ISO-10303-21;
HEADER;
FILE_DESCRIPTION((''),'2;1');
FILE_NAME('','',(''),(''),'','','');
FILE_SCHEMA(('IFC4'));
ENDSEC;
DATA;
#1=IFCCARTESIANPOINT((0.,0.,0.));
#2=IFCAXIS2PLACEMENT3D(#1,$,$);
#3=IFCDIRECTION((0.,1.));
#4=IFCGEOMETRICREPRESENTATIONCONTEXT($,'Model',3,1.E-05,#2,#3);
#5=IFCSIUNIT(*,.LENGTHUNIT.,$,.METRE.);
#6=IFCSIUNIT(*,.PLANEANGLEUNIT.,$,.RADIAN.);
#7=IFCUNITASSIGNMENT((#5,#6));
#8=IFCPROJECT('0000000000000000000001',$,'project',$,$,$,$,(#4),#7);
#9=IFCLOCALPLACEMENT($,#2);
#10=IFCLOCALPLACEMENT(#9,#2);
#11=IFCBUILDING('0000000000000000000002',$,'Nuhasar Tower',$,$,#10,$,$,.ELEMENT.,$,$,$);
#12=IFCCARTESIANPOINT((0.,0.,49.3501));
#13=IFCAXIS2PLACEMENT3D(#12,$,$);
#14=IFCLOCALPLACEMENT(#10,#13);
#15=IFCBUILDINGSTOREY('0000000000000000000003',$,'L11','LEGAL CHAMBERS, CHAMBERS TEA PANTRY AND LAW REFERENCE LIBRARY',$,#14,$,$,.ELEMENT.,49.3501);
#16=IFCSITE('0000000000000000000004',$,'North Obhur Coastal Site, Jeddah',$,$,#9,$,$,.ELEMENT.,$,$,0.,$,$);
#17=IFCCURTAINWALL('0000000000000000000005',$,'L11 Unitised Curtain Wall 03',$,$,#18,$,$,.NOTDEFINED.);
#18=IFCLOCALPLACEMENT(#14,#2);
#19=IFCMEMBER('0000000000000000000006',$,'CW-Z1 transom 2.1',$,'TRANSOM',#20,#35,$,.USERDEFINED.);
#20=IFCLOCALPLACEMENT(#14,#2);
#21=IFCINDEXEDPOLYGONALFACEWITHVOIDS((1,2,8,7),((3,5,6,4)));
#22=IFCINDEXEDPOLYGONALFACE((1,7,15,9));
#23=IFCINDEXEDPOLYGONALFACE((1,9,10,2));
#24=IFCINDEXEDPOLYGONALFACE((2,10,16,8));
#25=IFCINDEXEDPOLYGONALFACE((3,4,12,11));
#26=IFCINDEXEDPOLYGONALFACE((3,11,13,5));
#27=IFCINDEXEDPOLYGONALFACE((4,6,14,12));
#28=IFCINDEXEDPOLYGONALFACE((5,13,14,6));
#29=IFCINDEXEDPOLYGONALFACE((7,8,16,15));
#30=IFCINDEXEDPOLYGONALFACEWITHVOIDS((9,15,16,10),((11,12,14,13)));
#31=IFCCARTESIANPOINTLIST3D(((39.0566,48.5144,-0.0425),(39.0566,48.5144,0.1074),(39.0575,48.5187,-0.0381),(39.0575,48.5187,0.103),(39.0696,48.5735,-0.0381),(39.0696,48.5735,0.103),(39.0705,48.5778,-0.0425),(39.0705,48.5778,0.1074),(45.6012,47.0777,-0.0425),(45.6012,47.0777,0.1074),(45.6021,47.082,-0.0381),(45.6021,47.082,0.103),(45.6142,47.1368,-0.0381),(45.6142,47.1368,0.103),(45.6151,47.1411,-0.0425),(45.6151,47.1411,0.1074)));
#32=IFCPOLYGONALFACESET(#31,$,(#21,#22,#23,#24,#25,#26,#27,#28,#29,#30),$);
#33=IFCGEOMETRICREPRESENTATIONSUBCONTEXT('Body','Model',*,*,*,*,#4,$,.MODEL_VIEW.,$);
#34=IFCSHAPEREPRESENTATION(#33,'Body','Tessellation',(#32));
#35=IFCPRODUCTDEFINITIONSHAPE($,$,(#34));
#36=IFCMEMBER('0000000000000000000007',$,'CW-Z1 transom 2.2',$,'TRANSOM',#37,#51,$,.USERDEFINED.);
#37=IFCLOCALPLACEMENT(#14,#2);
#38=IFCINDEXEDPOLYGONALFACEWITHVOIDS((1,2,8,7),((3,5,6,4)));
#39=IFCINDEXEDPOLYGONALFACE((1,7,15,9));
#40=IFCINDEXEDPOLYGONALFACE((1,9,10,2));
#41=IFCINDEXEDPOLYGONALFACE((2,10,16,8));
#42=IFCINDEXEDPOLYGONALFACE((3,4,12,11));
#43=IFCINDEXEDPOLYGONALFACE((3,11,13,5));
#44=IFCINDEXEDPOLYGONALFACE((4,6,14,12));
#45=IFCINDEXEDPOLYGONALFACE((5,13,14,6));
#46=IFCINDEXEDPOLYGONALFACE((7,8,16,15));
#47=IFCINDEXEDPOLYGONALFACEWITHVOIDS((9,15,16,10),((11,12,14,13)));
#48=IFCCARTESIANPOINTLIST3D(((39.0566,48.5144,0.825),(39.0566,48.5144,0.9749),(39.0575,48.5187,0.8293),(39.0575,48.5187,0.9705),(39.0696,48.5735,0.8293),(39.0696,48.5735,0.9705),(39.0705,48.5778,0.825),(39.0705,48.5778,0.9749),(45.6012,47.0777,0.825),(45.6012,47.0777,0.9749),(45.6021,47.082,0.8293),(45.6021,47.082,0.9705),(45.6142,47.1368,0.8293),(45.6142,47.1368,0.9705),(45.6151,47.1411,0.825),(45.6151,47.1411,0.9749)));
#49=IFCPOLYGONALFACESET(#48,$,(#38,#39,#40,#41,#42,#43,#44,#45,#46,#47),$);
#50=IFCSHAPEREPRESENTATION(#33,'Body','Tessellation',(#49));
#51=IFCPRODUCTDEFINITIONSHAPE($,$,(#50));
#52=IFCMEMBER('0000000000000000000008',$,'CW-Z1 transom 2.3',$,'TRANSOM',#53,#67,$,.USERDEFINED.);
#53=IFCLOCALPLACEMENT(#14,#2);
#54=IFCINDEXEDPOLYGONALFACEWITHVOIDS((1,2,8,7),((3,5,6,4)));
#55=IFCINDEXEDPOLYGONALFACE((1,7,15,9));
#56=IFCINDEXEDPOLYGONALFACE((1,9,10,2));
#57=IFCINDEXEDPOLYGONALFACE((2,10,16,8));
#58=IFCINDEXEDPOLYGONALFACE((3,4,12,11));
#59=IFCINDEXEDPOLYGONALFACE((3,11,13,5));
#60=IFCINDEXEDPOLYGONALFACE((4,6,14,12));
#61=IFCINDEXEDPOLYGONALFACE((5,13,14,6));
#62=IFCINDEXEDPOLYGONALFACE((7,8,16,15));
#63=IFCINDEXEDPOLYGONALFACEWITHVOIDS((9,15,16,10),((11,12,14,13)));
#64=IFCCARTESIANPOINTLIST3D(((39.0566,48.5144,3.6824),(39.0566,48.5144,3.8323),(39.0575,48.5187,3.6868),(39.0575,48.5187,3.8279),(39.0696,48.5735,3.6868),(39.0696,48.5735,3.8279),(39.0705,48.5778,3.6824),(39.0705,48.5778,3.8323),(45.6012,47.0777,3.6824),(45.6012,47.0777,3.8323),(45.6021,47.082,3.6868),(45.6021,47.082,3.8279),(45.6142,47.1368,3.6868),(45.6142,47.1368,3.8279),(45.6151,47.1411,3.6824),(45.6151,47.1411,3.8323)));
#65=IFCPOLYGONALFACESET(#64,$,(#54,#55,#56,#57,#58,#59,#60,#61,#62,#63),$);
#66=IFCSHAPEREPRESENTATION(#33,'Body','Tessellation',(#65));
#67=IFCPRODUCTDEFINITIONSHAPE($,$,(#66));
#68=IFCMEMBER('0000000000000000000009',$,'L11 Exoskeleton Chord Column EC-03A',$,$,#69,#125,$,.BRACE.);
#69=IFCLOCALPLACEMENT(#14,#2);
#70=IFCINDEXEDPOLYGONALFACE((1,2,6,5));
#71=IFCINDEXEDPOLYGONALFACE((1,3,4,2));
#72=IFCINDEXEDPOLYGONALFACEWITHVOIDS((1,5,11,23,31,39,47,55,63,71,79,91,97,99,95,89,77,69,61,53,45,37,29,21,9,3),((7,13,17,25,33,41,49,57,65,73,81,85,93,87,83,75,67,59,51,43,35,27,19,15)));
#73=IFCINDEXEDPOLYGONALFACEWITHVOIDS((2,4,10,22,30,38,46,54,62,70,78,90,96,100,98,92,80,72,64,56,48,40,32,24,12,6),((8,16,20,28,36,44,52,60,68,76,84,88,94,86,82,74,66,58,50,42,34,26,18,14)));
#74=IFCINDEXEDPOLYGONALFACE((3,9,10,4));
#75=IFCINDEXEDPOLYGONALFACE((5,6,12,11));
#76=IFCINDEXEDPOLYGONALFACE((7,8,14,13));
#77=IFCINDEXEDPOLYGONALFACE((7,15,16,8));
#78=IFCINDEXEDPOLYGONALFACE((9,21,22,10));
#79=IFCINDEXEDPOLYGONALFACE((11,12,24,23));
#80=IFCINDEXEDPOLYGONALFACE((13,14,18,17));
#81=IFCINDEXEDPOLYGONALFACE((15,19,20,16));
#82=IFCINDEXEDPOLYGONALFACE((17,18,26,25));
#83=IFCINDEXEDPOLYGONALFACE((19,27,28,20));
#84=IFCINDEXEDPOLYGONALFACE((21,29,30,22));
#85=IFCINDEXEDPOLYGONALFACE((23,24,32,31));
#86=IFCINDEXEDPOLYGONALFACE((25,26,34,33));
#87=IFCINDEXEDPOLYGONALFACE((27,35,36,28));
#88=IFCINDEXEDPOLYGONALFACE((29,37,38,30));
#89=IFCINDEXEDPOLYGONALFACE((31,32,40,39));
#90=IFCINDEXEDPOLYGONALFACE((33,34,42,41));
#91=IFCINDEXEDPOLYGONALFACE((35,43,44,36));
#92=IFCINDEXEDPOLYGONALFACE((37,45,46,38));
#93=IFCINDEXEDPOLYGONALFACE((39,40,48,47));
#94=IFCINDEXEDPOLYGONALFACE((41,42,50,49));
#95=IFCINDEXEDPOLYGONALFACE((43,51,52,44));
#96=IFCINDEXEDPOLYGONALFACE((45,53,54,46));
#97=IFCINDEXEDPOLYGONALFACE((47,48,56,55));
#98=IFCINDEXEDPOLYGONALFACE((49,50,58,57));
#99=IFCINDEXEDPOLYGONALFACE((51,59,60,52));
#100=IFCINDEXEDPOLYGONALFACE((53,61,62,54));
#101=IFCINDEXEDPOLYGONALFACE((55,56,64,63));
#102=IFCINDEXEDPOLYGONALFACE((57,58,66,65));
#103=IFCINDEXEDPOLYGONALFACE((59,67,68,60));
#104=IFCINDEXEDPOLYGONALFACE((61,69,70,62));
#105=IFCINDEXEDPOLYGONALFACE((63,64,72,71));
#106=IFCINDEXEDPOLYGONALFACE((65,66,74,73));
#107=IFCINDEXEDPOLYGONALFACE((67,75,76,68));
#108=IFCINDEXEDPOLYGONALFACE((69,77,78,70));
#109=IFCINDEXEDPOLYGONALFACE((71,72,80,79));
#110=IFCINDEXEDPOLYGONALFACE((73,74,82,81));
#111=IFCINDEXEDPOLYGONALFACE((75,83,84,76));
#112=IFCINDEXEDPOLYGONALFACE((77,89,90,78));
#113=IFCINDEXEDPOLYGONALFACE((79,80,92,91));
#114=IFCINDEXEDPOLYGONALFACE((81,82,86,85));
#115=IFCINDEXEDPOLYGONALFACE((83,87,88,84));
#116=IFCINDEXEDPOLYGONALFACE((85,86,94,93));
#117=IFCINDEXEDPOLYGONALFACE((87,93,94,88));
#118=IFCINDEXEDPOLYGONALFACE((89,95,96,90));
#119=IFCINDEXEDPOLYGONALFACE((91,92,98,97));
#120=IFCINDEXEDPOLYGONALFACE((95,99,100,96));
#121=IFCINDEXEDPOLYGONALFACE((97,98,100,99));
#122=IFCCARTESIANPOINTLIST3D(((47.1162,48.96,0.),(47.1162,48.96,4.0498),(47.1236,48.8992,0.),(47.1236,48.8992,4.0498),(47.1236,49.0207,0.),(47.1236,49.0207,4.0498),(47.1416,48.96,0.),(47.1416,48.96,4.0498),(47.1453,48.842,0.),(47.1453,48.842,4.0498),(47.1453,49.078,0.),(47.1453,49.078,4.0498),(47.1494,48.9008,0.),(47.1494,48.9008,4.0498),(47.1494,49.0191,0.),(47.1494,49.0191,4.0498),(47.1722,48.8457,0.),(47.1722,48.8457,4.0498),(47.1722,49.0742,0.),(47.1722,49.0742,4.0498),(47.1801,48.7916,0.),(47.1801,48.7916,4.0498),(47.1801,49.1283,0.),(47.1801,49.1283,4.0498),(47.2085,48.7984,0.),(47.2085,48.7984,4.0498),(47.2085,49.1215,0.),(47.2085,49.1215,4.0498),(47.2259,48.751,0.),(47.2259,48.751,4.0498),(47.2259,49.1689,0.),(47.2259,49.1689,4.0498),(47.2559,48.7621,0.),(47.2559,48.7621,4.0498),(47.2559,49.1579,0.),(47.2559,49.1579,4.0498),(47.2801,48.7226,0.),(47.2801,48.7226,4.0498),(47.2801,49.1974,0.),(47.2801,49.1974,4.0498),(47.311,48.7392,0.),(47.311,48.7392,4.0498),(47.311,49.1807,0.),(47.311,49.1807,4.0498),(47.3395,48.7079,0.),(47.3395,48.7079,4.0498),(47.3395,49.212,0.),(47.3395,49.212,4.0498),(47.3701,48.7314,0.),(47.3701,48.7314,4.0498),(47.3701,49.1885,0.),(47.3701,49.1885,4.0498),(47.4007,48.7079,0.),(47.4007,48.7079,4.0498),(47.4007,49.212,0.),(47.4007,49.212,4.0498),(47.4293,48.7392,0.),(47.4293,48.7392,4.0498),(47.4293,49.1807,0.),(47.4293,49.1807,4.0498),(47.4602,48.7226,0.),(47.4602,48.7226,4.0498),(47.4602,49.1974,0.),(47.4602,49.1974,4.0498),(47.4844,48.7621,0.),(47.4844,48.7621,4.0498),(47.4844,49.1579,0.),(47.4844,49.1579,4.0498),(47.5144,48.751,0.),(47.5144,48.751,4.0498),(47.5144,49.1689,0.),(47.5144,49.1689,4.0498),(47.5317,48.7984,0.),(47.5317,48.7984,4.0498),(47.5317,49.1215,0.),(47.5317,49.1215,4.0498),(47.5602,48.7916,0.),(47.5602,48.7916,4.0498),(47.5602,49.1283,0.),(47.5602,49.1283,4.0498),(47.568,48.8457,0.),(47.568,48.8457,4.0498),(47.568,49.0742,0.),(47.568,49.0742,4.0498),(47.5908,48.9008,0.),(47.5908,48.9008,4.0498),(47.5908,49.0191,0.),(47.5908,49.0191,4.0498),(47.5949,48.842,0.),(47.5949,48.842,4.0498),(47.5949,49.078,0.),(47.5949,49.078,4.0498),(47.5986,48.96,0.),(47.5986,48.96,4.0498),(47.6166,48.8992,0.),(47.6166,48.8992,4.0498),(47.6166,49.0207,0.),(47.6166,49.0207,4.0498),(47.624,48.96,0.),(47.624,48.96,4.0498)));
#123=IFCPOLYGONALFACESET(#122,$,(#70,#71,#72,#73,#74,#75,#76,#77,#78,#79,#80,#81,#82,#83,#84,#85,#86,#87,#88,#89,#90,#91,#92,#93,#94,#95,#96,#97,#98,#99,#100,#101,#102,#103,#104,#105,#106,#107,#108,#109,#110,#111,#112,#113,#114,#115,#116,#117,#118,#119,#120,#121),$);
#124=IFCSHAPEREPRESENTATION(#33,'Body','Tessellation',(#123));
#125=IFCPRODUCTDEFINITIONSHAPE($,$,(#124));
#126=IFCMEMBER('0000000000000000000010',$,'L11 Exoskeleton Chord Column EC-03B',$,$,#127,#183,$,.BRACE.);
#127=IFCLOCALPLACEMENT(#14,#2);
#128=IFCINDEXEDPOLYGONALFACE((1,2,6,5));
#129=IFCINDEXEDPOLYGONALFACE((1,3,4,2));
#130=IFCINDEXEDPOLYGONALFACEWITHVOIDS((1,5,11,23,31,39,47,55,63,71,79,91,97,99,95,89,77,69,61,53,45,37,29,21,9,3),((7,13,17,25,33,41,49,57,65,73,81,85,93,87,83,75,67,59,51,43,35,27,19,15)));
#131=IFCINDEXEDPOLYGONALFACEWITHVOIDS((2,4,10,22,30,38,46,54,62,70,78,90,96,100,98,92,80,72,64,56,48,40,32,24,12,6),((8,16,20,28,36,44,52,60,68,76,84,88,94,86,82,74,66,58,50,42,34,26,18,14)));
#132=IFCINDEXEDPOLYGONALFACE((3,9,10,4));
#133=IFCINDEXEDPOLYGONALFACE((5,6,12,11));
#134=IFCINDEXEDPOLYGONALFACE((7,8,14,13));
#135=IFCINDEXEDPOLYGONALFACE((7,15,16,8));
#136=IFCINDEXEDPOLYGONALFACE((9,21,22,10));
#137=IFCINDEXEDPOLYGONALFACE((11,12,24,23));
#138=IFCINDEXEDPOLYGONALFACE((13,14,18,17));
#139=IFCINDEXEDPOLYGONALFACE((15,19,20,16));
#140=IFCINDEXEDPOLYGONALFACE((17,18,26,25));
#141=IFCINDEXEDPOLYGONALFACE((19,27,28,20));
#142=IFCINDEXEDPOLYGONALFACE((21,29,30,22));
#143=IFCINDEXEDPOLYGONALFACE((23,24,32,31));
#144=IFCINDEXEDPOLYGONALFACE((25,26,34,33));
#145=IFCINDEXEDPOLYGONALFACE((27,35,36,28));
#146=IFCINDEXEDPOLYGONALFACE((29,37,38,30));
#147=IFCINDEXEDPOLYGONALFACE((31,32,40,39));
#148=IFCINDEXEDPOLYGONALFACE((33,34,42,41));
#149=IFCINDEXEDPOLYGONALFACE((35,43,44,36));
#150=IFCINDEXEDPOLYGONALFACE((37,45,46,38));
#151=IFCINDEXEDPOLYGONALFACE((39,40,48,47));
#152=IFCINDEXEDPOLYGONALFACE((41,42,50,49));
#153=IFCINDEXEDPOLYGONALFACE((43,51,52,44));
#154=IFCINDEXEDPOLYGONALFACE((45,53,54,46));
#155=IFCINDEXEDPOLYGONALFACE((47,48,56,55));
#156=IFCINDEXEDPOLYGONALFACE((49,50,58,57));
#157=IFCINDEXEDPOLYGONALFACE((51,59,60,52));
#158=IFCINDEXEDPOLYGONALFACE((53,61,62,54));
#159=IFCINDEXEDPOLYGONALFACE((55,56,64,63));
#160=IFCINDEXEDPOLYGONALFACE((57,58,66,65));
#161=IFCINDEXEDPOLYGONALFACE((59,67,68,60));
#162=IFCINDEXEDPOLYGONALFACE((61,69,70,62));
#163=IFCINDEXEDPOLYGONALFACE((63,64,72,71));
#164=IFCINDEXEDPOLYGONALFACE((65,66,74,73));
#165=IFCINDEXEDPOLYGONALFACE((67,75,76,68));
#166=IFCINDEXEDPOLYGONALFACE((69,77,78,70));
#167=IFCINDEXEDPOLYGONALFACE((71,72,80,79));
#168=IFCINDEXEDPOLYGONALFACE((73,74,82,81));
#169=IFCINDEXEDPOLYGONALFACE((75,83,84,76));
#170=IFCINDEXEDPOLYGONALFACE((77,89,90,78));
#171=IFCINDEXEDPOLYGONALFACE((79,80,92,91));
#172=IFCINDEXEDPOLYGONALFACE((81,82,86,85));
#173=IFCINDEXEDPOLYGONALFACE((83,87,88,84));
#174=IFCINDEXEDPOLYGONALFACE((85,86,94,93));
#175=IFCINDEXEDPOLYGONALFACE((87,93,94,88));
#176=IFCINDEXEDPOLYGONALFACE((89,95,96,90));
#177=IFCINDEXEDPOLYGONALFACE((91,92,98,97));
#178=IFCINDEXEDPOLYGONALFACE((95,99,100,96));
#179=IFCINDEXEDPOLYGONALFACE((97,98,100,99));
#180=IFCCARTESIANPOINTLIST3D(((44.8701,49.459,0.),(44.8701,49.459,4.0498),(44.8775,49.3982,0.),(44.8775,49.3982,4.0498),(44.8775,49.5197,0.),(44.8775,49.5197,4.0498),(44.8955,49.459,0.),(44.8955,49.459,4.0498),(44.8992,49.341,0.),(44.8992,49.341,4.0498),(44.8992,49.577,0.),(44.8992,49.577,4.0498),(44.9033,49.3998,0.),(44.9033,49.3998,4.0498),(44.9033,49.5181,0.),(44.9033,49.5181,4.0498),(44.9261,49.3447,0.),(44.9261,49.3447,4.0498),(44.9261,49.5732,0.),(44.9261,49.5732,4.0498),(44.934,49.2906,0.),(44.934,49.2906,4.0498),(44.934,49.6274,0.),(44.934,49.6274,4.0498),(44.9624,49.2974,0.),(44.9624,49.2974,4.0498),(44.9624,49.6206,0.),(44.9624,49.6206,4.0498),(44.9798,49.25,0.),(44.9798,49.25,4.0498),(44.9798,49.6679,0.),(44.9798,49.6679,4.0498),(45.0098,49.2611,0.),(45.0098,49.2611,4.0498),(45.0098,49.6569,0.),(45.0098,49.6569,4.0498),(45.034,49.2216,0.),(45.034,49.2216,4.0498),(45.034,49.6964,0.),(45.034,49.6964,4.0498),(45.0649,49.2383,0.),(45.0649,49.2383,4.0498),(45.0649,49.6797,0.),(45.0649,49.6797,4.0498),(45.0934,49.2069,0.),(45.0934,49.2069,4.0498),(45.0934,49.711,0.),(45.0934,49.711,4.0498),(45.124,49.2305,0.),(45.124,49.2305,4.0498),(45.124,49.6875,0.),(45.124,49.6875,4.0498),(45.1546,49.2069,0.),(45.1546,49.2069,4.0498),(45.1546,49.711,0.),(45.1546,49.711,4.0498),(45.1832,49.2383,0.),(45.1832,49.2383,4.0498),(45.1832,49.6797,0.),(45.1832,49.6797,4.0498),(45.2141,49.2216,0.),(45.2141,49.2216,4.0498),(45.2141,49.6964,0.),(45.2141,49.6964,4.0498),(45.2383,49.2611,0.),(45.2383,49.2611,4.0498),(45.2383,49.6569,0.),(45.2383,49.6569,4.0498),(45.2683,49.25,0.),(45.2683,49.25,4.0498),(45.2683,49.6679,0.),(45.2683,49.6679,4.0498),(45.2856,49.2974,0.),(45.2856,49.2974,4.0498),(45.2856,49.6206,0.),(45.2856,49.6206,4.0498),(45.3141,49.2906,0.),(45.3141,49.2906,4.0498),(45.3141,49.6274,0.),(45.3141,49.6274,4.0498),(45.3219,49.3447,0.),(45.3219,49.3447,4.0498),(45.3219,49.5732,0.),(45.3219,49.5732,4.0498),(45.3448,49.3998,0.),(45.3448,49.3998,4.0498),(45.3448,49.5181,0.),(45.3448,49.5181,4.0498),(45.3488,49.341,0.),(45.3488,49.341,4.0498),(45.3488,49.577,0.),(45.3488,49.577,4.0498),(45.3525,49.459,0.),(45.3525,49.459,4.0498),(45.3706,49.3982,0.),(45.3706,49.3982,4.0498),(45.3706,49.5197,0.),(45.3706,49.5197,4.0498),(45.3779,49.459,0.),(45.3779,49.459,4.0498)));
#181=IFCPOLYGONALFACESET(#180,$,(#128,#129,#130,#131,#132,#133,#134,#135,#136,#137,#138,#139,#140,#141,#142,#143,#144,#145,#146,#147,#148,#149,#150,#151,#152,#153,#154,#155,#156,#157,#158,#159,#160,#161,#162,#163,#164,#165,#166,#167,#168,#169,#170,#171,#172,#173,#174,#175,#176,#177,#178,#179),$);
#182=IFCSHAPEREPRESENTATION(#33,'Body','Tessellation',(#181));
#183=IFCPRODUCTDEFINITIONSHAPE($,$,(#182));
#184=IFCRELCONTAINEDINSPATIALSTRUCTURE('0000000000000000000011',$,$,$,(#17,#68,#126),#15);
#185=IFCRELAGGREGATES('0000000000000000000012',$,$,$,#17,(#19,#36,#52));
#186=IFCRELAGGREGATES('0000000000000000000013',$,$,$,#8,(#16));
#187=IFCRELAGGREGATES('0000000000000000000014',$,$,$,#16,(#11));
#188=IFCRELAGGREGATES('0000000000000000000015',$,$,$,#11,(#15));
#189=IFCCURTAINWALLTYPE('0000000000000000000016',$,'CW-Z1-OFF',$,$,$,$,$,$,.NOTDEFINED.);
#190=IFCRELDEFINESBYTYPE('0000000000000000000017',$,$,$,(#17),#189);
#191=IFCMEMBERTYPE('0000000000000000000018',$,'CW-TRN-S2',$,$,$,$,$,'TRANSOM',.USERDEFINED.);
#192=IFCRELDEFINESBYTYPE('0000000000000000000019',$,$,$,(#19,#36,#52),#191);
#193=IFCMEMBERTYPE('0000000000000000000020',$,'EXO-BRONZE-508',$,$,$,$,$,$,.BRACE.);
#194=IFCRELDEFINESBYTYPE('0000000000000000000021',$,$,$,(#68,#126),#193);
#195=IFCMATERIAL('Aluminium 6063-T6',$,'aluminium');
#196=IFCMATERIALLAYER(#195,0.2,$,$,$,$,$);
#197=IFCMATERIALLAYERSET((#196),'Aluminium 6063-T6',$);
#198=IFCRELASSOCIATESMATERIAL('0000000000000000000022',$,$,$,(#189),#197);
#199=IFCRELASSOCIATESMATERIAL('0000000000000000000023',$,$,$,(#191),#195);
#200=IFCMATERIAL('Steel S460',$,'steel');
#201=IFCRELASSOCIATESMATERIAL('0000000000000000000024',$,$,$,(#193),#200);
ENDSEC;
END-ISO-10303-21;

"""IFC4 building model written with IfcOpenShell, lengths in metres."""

from ifc_helpers import new_model, si_unit, direction, frame, origin, origin_2d, place, context, subcontext, project, spatial, hollow_rectangle, hollow_circle, extrude, material, layer, layer_set, material_profile, profile_set, type_object, element, aggregate, save


model = new_model("IFC4")

# Units and contexts
model_context = context("Model", 3, precision=1e-05, world=origin(), true_north=direction((0.0, 1.0)))
body_context = subcontext(model_context, "Body", "Model", "MODEL_VIEW")
ifc_project = project(units=[si_unit("LENGTHUNIT", "METRE"), si_unit("PLANEANGLEUNIT", "RADIAN")], contexts=[model_context])

# Site, building, storey
site_placement = place(None, origin())
site = spatial("IfcSite", under=ifc_project, at=site_placement, Name="North Obhur Coastal Site, Jeddah", CompositionType="ELEMENT", RefElevation=0.0)
building_placement = place(site_placement, origin())
building = spatial("IfcBuilding", under=site, at=building_placement, Name="Nuhasar Tower", CompositionType="ELEMENT")
storey_placement = place(building_placement, frame((0.0, 0.0, 49.3501)))
storey = spatial("IfcBuildingStorey", under=building, at=storey_placement, Name="L11", Description="LEGAL CHAMBERS, CHAMBERS TEA PANTRY AND LAW REFERENCE LIBRARY", CompositionType="ELEMENT", Elevation=49.3501)

# Curtain wall, members
ifc_material_1 = material(Name="Aluminium 6063-T6", Category="aluminium")
ifc_layer_1 = layer(ifc_material_1, 0.2)
ifc_layer_set_1 = layer_set([ifc_layer_1], Name="Aluminium 6063-T6")
curtain_wall_type = type_object("IfcCurtainWallType", Name="CW-Z1-OFF", PredefinedType="NOTDEFINED", material=ifc_layer_set_1)
curtain_wall_placement = place(storey_placement, origin())
curtain_wall = element("IfcCurtainWall", 1, at=curtain_wall_placement, inside=storey, type_object=curtain_wall_type, Name="L11 Unitised Curtain Wall 03", PredefinedType="NOTDEFINED")
ifc_material_profile_1 = material_profile(ifc_material_1, hollow_rectangle(XDim=0.0649, YDim=0.1499, WallThickness=0.0044, at=origin_2d()), Name="CWT-2")
ifc_profile_set_1 = profile_set([ifc_material_profile_1], Name="Aluminium 6063-T6")
member_type_1 = type_object("IfcMemberType", Name="CW-TRN-S2", ElementType="TRANSOM", PredefinedType="USERDEFINED", material=ifc_profile_set_1)
member_1_placement = place(storey_placement, frame((45.6082, 47.1094, 0.0325), z_axis=(-0.97674, 0.214426, 0.0), x_axis=(-0.214426, -0.97674, 0.0)))
member_1 = element("IfcMember", 2, at=member_1_placement, type_object=member_type_1, Name="CW-Z1 transom 2.1", ObjectType="TRANSOM", PredefinedType="USERDEFINED", context=body_context, shape_type="SweptSolid", body=[
    extrude(hollow_rectangle(XDim=0.0649, YDim=0.1499, WallThickness=0.0044, at=origin_2d()), origin(), (0.0, 0.0, 1.0), 6.7004),
])
member_2_placement = place(storey_placement, frame((45.6082, 47.1094, 0.8999), z_axis=(-0.97674, 0.214426, 0.0), x_axis=(-0.214426, -0.97674, 0.0)))
member_2 = element("IfcMember", 3, at=member_2_placement, type_object=member_type_1, Name="CW-Z1 transom 2.2", ObjectType="TRANSOM", PredefinedType="USERDEFINED", context=body_context, shape_type="SweptSolid", body=[
    extrude(hollow_rectangle(XDim=0.0649, YDim=0.1499, WallThickness=0.0044, at=origin_2d()), origin(), (0.0, 0.0, 1.0), 6.7004),
])
member_3_placement = place(storey_placement, frame((45.6082, 47.1094, 3.7573), z_axis=(-0.97674, 0.214426, 0.0), x_axis=(-0.214426, -0.97674, 0.0)))
member_3 = element("IfcMember", 4, at=member_3_placement, type_object=member_type_1, Name="CW-Z1 transom 2.3", ObjectType="TRANSOM", PredefinedType="USERDEFINED", context=body_context, shape_type="SweptSolid", body=[
    extrude(hollow_rectangle(XDim=0.0649, YDim=0.1499, WallThickness=0.0044, at=origin_2d()), origin(), (0.0, 0.0, 1.0), 6.7004),
])

# Members
ifc_material_2 = material(Name="Steel S460", Category="steel")
ifc_material_profile_2 = material_profile(ifc_material_2, hollow_circle(Radius=0.2539, WallThickness=0.0254, at=origin_2d()), Name="HSS508X25.4")
ifc_profile_set_2 = profile_set([ifc_material_profile_2], Name="Steel S460")
member_type_2 = type_object("IfcMemberType", Name="EXO-BRONZE-508", PredefinedType="BRACE", material=ifc_profile_set_2)
for number, where, z_axis, x_axis, name in (
    (5, (47.3701, 48.96, 0.0), (0.0, 0.0, 1.0), (1.0, 0.0, 0.0), "L11 Exoskeleton Chord Column EC-03A"),
    (6, (45.124, 49.459, 0.0), (0.0, 0.0, 1.0), (1.0, 0.0, 0.0), "L11 Exoskeleton Chord Column EC-03B"),
):
    element("IfcMember", number, at=place(storey_placement, frame(where, z_axis=z_axis, x_axis=x_axis)), inside=storey, type_object=member_type_2, Name=name, PredefinedType="BRACE", context=body_context, shape_type="SweptSolid", body=[
        extrude(hollow_circle(Radius=0.2539, WallThickness=0.0254, at=origin_2d()), origin(), (0.0, 0.0, 1.0), 4.0498),
    ])

aggregate(curtain_wall, [member_1, member_2, member_3])

save(model, "model.ifc")
